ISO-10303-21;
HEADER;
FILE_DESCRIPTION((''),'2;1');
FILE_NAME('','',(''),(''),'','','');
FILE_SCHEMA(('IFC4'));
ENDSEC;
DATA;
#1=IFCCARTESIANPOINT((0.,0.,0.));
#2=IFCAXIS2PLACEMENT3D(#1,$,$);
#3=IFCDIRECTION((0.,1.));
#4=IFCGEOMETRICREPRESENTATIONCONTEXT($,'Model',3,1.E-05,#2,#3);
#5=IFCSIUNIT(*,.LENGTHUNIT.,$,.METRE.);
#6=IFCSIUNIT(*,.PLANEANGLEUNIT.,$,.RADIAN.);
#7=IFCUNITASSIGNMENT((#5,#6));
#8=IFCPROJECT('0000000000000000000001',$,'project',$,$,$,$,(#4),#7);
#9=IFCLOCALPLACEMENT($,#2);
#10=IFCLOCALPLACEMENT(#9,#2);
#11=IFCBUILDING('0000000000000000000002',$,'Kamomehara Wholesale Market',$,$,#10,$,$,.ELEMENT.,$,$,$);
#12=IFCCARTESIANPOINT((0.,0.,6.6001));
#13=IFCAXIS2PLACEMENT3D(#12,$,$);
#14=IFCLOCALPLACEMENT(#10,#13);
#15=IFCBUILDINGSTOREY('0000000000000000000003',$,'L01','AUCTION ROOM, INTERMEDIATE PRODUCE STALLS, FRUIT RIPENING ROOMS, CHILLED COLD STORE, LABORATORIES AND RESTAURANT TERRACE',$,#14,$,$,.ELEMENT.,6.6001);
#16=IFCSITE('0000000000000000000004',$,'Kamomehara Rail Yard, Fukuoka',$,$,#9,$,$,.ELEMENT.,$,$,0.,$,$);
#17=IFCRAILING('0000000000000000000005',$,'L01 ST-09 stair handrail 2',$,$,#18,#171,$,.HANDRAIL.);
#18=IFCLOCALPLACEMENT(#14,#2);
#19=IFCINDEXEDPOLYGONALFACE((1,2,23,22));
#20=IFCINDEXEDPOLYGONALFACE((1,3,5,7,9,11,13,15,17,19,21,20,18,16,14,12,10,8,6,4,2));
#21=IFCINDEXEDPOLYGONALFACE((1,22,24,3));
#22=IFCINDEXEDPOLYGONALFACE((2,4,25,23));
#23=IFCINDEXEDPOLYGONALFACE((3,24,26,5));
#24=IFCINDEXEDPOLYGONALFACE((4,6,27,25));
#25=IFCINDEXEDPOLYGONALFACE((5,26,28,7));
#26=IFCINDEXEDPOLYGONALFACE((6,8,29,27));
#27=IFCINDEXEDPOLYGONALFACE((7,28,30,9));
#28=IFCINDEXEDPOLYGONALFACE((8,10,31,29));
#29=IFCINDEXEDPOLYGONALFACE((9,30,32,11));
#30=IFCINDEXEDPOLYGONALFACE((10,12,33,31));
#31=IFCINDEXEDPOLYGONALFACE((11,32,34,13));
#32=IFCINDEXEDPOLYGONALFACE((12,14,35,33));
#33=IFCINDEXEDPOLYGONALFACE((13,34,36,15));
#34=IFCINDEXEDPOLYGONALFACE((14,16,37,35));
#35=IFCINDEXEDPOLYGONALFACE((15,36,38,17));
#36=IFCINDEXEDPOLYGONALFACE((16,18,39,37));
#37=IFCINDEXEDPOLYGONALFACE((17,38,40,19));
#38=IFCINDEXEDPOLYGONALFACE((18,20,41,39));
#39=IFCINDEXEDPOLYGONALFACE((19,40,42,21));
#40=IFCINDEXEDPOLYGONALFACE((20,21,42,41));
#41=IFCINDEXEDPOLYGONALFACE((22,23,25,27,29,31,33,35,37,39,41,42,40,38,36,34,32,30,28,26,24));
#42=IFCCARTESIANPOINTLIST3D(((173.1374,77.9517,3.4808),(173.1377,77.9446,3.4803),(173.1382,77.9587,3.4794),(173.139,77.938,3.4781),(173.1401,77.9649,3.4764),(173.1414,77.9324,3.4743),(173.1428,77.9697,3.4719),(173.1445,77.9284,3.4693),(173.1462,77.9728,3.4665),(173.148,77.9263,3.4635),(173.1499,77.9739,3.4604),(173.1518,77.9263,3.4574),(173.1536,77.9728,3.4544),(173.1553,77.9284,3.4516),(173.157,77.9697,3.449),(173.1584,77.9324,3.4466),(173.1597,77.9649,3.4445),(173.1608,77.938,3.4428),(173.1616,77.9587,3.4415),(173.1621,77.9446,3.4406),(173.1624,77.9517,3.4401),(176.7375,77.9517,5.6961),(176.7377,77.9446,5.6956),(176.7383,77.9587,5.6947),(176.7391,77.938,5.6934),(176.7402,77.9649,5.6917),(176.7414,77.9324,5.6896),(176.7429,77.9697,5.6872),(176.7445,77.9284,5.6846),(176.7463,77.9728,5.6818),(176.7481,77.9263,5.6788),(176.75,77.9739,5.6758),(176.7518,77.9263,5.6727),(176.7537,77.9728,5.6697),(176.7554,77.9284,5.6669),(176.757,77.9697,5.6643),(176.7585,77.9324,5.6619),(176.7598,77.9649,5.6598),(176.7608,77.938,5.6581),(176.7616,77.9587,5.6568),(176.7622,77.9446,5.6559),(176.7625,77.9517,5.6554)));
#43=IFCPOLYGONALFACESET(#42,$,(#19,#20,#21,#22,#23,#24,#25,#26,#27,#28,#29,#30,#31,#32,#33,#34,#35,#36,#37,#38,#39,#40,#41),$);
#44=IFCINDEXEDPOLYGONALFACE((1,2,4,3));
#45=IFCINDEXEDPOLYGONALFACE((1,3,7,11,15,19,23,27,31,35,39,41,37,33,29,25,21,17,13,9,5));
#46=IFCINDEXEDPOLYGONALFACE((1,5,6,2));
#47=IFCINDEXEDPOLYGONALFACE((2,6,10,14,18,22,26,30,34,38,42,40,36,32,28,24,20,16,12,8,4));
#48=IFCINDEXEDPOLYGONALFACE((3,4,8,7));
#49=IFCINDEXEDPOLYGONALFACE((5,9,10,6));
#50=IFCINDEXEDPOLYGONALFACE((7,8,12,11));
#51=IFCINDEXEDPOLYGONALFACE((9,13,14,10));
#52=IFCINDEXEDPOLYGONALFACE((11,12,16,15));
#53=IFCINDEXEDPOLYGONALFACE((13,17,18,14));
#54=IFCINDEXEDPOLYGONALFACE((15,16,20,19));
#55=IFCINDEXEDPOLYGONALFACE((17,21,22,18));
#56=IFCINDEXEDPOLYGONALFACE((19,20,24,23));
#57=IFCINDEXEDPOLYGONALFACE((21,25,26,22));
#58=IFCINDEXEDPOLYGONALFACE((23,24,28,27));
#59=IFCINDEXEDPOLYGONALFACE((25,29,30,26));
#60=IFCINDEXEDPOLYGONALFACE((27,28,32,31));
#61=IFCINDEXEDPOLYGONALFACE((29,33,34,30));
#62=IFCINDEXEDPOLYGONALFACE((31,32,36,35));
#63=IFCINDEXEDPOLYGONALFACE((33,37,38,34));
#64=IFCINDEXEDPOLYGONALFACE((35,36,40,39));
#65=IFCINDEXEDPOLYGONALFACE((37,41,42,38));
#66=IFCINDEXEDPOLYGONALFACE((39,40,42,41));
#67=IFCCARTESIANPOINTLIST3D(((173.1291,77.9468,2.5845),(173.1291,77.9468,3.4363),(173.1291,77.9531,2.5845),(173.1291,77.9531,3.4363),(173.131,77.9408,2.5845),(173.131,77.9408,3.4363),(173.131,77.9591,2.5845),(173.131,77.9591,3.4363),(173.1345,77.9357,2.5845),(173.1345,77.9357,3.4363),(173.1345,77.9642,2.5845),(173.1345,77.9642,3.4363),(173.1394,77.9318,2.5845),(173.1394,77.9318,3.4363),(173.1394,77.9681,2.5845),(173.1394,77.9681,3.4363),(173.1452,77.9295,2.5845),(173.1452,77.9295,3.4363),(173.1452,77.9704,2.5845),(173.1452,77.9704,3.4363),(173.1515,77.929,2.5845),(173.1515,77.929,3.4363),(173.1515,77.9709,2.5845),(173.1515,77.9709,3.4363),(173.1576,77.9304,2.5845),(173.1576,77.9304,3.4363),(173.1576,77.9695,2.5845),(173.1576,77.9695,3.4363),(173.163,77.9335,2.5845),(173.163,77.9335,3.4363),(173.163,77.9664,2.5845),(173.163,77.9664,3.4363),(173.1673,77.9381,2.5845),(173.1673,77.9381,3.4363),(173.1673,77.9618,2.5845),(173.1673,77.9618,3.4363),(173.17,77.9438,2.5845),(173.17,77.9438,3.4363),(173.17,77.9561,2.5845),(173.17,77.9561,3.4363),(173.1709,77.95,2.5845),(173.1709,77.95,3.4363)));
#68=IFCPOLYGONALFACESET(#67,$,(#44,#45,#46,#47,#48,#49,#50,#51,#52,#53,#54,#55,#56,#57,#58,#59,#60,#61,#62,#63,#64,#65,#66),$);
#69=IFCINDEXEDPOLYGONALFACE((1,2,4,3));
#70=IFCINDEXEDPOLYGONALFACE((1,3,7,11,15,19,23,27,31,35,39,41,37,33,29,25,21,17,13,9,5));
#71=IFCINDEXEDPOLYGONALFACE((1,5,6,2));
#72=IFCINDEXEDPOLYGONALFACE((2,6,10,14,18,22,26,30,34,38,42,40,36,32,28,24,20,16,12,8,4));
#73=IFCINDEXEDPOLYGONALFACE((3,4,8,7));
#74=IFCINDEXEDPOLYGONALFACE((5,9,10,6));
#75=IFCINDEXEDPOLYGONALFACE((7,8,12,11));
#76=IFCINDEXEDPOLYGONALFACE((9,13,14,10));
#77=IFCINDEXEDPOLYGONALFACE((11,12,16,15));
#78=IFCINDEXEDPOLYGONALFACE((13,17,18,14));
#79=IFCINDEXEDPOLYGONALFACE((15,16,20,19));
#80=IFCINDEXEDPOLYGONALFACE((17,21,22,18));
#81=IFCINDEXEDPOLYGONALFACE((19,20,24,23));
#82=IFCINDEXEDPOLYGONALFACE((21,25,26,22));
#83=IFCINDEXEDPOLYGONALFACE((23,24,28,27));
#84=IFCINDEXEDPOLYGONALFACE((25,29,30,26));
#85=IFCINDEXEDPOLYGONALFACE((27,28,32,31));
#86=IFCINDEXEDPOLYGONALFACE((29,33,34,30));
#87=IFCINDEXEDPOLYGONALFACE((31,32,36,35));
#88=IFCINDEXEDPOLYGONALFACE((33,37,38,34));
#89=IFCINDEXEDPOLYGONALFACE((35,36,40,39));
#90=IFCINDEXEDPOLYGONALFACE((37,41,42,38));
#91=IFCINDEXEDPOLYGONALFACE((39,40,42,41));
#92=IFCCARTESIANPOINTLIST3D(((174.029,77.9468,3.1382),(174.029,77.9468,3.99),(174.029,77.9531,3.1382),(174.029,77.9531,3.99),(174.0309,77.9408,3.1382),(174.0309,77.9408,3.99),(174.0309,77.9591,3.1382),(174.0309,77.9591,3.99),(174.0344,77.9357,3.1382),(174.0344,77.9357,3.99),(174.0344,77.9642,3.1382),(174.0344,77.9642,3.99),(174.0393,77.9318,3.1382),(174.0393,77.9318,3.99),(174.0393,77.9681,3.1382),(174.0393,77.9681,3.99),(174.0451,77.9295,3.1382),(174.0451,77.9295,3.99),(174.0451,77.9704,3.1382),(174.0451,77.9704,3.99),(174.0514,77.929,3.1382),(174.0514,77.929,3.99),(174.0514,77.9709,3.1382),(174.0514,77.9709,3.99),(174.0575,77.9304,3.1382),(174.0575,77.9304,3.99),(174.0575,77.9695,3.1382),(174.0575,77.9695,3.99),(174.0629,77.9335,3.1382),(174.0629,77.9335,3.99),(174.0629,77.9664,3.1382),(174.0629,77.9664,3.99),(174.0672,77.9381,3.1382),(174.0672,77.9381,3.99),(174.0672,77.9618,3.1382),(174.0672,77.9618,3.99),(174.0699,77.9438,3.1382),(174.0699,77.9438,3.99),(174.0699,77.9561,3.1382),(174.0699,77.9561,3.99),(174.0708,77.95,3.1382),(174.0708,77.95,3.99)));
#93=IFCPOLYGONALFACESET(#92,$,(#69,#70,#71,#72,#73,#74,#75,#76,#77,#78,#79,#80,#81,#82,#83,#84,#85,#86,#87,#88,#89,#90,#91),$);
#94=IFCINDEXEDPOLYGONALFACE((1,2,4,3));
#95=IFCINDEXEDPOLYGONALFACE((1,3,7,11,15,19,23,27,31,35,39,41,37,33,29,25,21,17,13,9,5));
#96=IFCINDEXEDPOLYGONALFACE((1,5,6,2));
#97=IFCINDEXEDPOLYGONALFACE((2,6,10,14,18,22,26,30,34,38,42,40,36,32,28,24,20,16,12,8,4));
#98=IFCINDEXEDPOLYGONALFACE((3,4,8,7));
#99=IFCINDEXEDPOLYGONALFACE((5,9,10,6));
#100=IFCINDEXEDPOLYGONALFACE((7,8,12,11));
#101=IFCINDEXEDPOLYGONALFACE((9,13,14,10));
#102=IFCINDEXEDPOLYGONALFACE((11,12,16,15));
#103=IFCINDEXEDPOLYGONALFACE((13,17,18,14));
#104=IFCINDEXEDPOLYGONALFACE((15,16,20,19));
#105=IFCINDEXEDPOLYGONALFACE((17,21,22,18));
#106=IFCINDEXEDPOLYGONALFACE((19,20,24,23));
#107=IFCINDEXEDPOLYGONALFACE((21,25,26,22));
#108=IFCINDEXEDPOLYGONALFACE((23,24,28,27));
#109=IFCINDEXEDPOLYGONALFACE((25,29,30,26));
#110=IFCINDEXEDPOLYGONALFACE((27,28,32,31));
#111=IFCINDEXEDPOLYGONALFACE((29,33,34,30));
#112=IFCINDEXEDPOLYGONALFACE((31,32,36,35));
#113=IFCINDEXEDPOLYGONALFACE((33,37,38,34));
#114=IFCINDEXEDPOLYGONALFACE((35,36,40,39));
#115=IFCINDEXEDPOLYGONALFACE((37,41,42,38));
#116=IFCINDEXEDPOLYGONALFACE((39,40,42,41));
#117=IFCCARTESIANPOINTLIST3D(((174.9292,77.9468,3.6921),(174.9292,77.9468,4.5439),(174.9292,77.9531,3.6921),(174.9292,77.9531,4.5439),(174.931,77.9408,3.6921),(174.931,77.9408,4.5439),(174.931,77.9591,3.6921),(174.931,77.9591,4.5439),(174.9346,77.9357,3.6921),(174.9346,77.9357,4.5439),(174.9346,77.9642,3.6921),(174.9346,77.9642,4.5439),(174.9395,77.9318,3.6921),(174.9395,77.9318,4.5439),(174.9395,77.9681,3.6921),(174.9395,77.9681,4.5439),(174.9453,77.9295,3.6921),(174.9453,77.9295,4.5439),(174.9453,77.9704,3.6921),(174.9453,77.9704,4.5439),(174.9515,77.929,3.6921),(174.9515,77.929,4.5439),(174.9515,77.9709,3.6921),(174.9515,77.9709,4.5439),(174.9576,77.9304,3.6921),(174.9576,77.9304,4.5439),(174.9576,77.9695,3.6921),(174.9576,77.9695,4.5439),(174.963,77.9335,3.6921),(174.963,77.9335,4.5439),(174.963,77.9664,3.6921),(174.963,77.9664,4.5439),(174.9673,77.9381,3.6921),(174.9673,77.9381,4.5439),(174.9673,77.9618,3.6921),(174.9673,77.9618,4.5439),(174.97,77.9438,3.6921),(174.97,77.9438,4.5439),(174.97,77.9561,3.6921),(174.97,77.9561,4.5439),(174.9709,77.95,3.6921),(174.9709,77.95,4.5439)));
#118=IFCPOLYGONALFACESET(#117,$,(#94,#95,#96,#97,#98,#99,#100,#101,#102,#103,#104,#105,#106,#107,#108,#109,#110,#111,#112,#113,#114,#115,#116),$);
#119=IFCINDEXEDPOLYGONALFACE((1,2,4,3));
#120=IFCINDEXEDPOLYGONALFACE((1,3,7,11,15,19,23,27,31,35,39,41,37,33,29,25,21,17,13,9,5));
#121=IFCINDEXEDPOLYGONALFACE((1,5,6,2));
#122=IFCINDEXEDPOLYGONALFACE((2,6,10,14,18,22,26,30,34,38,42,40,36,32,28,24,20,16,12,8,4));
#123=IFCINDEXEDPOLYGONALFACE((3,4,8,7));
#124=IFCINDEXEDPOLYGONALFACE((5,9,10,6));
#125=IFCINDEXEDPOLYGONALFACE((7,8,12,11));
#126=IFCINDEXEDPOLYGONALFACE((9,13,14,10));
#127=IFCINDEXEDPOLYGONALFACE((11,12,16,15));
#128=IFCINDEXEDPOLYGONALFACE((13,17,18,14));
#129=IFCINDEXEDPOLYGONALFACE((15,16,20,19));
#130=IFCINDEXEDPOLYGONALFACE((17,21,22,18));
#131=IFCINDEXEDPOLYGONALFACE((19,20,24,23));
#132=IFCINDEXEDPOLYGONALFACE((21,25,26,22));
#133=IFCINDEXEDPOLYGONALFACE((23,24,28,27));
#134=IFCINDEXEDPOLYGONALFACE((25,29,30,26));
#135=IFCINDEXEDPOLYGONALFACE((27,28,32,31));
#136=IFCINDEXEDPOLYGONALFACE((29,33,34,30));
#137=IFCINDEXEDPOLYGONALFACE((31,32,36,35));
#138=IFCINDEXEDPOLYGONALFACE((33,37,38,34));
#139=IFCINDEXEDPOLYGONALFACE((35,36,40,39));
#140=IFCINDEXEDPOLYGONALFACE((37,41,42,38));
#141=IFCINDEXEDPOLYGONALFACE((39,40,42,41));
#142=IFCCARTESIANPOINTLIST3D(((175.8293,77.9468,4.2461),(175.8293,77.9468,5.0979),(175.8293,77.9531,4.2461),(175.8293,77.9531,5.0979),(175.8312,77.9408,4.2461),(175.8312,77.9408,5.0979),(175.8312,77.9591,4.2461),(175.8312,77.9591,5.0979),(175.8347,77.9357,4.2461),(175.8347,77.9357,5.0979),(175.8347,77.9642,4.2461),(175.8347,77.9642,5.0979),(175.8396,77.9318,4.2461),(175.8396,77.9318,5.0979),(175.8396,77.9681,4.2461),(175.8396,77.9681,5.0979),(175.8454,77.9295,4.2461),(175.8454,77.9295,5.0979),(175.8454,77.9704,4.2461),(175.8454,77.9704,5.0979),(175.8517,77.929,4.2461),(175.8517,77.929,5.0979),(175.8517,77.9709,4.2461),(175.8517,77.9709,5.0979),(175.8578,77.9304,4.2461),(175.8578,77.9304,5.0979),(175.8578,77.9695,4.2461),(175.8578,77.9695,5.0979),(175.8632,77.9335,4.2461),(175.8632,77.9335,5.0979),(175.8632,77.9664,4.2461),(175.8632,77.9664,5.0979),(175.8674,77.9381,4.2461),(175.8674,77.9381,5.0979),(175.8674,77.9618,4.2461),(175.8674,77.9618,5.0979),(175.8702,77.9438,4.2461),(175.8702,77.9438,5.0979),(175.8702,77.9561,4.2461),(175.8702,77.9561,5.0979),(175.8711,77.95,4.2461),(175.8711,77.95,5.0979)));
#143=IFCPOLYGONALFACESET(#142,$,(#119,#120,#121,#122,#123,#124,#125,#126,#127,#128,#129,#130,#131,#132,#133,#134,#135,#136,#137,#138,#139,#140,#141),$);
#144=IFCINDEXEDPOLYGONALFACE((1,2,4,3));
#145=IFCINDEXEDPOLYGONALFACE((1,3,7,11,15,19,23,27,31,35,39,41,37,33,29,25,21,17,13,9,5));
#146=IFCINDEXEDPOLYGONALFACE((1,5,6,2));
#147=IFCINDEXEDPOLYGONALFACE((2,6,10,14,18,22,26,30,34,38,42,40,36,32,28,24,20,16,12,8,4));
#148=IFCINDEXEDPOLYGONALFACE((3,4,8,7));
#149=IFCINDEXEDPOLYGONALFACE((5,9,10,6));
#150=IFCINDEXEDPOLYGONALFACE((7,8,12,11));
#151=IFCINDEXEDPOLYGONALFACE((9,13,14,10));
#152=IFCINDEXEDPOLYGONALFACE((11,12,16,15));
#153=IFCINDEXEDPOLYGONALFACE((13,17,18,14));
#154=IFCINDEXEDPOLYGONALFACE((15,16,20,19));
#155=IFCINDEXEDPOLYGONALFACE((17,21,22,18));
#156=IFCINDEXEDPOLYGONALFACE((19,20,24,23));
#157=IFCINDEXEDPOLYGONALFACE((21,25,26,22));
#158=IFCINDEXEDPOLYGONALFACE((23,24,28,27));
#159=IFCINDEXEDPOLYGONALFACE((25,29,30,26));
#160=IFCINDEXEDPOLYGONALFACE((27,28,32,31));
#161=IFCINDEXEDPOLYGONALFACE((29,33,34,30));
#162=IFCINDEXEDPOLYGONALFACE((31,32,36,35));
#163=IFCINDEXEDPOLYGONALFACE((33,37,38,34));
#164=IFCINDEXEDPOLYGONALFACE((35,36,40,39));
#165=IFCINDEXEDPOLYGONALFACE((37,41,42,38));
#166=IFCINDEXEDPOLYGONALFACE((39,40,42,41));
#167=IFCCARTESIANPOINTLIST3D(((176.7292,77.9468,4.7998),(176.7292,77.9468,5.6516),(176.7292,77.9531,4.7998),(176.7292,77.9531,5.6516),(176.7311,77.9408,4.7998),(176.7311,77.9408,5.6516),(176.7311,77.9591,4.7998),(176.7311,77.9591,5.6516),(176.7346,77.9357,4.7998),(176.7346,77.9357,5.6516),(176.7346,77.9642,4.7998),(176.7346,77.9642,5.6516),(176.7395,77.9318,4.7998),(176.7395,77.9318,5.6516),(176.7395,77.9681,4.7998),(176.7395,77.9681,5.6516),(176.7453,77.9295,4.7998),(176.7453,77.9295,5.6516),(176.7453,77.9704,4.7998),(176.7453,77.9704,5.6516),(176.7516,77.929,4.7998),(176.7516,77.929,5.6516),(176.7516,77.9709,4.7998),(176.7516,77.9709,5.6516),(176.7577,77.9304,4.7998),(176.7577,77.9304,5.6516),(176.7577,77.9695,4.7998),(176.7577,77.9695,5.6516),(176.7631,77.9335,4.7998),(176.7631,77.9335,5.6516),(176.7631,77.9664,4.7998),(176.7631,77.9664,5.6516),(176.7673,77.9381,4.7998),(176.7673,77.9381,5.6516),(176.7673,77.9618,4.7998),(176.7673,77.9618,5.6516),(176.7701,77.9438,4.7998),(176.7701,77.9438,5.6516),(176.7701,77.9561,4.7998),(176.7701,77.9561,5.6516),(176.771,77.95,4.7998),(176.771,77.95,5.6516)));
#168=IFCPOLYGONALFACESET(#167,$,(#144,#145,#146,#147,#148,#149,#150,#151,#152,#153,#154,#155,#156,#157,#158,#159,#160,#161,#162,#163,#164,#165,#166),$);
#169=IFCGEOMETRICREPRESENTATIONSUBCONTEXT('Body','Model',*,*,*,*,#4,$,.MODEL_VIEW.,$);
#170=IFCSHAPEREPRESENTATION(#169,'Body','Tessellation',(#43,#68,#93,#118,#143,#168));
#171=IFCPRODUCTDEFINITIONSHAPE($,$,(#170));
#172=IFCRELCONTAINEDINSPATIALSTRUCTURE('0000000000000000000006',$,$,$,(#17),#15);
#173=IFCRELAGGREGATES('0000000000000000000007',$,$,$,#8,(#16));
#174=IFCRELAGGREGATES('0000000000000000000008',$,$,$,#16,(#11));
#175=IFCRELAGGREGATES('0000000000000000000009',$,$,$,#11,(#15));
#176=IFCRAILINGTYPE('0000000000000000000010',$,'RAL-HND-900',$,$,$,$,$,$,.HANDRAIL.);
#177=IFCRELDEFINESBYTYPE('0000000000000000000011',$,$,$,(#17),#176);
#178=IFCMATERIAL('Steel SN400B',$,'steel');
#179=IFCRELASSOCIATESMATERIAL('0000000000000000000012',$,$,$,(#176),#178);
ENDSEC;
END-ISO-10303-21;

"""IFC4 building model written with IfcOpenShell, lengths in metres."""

from ifc_helpers import new_model, si_unit, direction, frame, origin, origin_2d, place, context, subcontext, project, spatial, circle, extrude, material, type_object, element, save


model = new_model("IFC4")

# Units and contexts
model_context = context("Model", 3, precision=1e-05, world=origin(), true_north=direction((0.0, 1.0)))
body_context = subcontext(model_context, "Body", "Model", "MODEL_VIEW")
ifc_project = project(units=[si_unit("LENGTHUNIT", "METRE"), si_unit("PLANEANGLEUNIT", "RADIAN")], contexts=[model_context])

# Site, building, storey
site_placement = place(None, origin())
site = spatial("IfcSite", under=ifc_project, at=site_placement, Name="Kamomehara Rail Yard, Fukuoka", CompositionType="ELEMENT", RefElevation=0.0)
building_placement = place(site_placement, origin())
building = spatial("IfcBuilding", under=site, at=building_placement, Name="Kamomehara Wholesale Market", CompositionType="ELEMENT")
storey_placement = place(building_placement, frame((0.0, 0.0, 6.6001)))
storey = spatial("IfcBuildingStorey", under=building, at=storey_placement, Name="L01", Description="AUCTION ROOM, INTERMEDIATE PRODUCE STALLS, FRUIT RIPENING ROOMS, CHILLED COLD STORE, LABORATORIES AND RESTAURANT TERRACE", CompositionType="ELEMENT", Elevation=6.6001)

# Railing
ifc_material_1 = material(Name="Steel SN400B", Category="steel")
railing_type_1 = type_object("IfcRailingType", Name="RAL-HND-900", PredefinedType="HANDRAIL", material=ifc_material_1)
railing_1_placement = place(storey_placement, frame((173.1499, 77.95, 2.5845)))
element("IfcRailing", 1, at=railing_1_placement, inside=storey, type_object=railing_type_1, Name="L01 ST-09 stair handrail 2", PredefinedType="HANDRAIL", context=body_context, shape_type="SweptSolid", body=[
    extrude(circle(Radius=0.0239, at=origin_2d()), frame((0.0, 0.0, 0.876), z_axis=(0.85167, 0.0, 0.524078), x_axis=(0.0, 1.0, 0.0)), (0.0, 0.0, 1.0), 4.2271),
    extrude(circle(Radius=0.021, at=origin_2d()), origin(), (0.0, 0.0, 1.0), 0.8518),
    extrude(circle(Radius=0.021, at=origin_2d()), frame((0.8999, 0.0, 0.5537)), (0.0, 0.0, 1.0), 0.8518),
    extrude(circle(Radius=0.021, at=origin_2d()), frame((1.8, 0.0, 1.1077)), (0.0, 0.0, 1.0), 0.8518),
    extrude(circle(Radius=0.021, at=origin_2d()), frame((2.7002, 0.0, 1.6616)), (0.0, 0.0, 1.0), 0.8518),
    extrude(circle(Radius=0.021, at=origin_2d()), frame((3.6001, 0.0, 2.2153)), (0.0, 0.0, 1.0), 0.8518),
])

save(model, "model.ifc")
